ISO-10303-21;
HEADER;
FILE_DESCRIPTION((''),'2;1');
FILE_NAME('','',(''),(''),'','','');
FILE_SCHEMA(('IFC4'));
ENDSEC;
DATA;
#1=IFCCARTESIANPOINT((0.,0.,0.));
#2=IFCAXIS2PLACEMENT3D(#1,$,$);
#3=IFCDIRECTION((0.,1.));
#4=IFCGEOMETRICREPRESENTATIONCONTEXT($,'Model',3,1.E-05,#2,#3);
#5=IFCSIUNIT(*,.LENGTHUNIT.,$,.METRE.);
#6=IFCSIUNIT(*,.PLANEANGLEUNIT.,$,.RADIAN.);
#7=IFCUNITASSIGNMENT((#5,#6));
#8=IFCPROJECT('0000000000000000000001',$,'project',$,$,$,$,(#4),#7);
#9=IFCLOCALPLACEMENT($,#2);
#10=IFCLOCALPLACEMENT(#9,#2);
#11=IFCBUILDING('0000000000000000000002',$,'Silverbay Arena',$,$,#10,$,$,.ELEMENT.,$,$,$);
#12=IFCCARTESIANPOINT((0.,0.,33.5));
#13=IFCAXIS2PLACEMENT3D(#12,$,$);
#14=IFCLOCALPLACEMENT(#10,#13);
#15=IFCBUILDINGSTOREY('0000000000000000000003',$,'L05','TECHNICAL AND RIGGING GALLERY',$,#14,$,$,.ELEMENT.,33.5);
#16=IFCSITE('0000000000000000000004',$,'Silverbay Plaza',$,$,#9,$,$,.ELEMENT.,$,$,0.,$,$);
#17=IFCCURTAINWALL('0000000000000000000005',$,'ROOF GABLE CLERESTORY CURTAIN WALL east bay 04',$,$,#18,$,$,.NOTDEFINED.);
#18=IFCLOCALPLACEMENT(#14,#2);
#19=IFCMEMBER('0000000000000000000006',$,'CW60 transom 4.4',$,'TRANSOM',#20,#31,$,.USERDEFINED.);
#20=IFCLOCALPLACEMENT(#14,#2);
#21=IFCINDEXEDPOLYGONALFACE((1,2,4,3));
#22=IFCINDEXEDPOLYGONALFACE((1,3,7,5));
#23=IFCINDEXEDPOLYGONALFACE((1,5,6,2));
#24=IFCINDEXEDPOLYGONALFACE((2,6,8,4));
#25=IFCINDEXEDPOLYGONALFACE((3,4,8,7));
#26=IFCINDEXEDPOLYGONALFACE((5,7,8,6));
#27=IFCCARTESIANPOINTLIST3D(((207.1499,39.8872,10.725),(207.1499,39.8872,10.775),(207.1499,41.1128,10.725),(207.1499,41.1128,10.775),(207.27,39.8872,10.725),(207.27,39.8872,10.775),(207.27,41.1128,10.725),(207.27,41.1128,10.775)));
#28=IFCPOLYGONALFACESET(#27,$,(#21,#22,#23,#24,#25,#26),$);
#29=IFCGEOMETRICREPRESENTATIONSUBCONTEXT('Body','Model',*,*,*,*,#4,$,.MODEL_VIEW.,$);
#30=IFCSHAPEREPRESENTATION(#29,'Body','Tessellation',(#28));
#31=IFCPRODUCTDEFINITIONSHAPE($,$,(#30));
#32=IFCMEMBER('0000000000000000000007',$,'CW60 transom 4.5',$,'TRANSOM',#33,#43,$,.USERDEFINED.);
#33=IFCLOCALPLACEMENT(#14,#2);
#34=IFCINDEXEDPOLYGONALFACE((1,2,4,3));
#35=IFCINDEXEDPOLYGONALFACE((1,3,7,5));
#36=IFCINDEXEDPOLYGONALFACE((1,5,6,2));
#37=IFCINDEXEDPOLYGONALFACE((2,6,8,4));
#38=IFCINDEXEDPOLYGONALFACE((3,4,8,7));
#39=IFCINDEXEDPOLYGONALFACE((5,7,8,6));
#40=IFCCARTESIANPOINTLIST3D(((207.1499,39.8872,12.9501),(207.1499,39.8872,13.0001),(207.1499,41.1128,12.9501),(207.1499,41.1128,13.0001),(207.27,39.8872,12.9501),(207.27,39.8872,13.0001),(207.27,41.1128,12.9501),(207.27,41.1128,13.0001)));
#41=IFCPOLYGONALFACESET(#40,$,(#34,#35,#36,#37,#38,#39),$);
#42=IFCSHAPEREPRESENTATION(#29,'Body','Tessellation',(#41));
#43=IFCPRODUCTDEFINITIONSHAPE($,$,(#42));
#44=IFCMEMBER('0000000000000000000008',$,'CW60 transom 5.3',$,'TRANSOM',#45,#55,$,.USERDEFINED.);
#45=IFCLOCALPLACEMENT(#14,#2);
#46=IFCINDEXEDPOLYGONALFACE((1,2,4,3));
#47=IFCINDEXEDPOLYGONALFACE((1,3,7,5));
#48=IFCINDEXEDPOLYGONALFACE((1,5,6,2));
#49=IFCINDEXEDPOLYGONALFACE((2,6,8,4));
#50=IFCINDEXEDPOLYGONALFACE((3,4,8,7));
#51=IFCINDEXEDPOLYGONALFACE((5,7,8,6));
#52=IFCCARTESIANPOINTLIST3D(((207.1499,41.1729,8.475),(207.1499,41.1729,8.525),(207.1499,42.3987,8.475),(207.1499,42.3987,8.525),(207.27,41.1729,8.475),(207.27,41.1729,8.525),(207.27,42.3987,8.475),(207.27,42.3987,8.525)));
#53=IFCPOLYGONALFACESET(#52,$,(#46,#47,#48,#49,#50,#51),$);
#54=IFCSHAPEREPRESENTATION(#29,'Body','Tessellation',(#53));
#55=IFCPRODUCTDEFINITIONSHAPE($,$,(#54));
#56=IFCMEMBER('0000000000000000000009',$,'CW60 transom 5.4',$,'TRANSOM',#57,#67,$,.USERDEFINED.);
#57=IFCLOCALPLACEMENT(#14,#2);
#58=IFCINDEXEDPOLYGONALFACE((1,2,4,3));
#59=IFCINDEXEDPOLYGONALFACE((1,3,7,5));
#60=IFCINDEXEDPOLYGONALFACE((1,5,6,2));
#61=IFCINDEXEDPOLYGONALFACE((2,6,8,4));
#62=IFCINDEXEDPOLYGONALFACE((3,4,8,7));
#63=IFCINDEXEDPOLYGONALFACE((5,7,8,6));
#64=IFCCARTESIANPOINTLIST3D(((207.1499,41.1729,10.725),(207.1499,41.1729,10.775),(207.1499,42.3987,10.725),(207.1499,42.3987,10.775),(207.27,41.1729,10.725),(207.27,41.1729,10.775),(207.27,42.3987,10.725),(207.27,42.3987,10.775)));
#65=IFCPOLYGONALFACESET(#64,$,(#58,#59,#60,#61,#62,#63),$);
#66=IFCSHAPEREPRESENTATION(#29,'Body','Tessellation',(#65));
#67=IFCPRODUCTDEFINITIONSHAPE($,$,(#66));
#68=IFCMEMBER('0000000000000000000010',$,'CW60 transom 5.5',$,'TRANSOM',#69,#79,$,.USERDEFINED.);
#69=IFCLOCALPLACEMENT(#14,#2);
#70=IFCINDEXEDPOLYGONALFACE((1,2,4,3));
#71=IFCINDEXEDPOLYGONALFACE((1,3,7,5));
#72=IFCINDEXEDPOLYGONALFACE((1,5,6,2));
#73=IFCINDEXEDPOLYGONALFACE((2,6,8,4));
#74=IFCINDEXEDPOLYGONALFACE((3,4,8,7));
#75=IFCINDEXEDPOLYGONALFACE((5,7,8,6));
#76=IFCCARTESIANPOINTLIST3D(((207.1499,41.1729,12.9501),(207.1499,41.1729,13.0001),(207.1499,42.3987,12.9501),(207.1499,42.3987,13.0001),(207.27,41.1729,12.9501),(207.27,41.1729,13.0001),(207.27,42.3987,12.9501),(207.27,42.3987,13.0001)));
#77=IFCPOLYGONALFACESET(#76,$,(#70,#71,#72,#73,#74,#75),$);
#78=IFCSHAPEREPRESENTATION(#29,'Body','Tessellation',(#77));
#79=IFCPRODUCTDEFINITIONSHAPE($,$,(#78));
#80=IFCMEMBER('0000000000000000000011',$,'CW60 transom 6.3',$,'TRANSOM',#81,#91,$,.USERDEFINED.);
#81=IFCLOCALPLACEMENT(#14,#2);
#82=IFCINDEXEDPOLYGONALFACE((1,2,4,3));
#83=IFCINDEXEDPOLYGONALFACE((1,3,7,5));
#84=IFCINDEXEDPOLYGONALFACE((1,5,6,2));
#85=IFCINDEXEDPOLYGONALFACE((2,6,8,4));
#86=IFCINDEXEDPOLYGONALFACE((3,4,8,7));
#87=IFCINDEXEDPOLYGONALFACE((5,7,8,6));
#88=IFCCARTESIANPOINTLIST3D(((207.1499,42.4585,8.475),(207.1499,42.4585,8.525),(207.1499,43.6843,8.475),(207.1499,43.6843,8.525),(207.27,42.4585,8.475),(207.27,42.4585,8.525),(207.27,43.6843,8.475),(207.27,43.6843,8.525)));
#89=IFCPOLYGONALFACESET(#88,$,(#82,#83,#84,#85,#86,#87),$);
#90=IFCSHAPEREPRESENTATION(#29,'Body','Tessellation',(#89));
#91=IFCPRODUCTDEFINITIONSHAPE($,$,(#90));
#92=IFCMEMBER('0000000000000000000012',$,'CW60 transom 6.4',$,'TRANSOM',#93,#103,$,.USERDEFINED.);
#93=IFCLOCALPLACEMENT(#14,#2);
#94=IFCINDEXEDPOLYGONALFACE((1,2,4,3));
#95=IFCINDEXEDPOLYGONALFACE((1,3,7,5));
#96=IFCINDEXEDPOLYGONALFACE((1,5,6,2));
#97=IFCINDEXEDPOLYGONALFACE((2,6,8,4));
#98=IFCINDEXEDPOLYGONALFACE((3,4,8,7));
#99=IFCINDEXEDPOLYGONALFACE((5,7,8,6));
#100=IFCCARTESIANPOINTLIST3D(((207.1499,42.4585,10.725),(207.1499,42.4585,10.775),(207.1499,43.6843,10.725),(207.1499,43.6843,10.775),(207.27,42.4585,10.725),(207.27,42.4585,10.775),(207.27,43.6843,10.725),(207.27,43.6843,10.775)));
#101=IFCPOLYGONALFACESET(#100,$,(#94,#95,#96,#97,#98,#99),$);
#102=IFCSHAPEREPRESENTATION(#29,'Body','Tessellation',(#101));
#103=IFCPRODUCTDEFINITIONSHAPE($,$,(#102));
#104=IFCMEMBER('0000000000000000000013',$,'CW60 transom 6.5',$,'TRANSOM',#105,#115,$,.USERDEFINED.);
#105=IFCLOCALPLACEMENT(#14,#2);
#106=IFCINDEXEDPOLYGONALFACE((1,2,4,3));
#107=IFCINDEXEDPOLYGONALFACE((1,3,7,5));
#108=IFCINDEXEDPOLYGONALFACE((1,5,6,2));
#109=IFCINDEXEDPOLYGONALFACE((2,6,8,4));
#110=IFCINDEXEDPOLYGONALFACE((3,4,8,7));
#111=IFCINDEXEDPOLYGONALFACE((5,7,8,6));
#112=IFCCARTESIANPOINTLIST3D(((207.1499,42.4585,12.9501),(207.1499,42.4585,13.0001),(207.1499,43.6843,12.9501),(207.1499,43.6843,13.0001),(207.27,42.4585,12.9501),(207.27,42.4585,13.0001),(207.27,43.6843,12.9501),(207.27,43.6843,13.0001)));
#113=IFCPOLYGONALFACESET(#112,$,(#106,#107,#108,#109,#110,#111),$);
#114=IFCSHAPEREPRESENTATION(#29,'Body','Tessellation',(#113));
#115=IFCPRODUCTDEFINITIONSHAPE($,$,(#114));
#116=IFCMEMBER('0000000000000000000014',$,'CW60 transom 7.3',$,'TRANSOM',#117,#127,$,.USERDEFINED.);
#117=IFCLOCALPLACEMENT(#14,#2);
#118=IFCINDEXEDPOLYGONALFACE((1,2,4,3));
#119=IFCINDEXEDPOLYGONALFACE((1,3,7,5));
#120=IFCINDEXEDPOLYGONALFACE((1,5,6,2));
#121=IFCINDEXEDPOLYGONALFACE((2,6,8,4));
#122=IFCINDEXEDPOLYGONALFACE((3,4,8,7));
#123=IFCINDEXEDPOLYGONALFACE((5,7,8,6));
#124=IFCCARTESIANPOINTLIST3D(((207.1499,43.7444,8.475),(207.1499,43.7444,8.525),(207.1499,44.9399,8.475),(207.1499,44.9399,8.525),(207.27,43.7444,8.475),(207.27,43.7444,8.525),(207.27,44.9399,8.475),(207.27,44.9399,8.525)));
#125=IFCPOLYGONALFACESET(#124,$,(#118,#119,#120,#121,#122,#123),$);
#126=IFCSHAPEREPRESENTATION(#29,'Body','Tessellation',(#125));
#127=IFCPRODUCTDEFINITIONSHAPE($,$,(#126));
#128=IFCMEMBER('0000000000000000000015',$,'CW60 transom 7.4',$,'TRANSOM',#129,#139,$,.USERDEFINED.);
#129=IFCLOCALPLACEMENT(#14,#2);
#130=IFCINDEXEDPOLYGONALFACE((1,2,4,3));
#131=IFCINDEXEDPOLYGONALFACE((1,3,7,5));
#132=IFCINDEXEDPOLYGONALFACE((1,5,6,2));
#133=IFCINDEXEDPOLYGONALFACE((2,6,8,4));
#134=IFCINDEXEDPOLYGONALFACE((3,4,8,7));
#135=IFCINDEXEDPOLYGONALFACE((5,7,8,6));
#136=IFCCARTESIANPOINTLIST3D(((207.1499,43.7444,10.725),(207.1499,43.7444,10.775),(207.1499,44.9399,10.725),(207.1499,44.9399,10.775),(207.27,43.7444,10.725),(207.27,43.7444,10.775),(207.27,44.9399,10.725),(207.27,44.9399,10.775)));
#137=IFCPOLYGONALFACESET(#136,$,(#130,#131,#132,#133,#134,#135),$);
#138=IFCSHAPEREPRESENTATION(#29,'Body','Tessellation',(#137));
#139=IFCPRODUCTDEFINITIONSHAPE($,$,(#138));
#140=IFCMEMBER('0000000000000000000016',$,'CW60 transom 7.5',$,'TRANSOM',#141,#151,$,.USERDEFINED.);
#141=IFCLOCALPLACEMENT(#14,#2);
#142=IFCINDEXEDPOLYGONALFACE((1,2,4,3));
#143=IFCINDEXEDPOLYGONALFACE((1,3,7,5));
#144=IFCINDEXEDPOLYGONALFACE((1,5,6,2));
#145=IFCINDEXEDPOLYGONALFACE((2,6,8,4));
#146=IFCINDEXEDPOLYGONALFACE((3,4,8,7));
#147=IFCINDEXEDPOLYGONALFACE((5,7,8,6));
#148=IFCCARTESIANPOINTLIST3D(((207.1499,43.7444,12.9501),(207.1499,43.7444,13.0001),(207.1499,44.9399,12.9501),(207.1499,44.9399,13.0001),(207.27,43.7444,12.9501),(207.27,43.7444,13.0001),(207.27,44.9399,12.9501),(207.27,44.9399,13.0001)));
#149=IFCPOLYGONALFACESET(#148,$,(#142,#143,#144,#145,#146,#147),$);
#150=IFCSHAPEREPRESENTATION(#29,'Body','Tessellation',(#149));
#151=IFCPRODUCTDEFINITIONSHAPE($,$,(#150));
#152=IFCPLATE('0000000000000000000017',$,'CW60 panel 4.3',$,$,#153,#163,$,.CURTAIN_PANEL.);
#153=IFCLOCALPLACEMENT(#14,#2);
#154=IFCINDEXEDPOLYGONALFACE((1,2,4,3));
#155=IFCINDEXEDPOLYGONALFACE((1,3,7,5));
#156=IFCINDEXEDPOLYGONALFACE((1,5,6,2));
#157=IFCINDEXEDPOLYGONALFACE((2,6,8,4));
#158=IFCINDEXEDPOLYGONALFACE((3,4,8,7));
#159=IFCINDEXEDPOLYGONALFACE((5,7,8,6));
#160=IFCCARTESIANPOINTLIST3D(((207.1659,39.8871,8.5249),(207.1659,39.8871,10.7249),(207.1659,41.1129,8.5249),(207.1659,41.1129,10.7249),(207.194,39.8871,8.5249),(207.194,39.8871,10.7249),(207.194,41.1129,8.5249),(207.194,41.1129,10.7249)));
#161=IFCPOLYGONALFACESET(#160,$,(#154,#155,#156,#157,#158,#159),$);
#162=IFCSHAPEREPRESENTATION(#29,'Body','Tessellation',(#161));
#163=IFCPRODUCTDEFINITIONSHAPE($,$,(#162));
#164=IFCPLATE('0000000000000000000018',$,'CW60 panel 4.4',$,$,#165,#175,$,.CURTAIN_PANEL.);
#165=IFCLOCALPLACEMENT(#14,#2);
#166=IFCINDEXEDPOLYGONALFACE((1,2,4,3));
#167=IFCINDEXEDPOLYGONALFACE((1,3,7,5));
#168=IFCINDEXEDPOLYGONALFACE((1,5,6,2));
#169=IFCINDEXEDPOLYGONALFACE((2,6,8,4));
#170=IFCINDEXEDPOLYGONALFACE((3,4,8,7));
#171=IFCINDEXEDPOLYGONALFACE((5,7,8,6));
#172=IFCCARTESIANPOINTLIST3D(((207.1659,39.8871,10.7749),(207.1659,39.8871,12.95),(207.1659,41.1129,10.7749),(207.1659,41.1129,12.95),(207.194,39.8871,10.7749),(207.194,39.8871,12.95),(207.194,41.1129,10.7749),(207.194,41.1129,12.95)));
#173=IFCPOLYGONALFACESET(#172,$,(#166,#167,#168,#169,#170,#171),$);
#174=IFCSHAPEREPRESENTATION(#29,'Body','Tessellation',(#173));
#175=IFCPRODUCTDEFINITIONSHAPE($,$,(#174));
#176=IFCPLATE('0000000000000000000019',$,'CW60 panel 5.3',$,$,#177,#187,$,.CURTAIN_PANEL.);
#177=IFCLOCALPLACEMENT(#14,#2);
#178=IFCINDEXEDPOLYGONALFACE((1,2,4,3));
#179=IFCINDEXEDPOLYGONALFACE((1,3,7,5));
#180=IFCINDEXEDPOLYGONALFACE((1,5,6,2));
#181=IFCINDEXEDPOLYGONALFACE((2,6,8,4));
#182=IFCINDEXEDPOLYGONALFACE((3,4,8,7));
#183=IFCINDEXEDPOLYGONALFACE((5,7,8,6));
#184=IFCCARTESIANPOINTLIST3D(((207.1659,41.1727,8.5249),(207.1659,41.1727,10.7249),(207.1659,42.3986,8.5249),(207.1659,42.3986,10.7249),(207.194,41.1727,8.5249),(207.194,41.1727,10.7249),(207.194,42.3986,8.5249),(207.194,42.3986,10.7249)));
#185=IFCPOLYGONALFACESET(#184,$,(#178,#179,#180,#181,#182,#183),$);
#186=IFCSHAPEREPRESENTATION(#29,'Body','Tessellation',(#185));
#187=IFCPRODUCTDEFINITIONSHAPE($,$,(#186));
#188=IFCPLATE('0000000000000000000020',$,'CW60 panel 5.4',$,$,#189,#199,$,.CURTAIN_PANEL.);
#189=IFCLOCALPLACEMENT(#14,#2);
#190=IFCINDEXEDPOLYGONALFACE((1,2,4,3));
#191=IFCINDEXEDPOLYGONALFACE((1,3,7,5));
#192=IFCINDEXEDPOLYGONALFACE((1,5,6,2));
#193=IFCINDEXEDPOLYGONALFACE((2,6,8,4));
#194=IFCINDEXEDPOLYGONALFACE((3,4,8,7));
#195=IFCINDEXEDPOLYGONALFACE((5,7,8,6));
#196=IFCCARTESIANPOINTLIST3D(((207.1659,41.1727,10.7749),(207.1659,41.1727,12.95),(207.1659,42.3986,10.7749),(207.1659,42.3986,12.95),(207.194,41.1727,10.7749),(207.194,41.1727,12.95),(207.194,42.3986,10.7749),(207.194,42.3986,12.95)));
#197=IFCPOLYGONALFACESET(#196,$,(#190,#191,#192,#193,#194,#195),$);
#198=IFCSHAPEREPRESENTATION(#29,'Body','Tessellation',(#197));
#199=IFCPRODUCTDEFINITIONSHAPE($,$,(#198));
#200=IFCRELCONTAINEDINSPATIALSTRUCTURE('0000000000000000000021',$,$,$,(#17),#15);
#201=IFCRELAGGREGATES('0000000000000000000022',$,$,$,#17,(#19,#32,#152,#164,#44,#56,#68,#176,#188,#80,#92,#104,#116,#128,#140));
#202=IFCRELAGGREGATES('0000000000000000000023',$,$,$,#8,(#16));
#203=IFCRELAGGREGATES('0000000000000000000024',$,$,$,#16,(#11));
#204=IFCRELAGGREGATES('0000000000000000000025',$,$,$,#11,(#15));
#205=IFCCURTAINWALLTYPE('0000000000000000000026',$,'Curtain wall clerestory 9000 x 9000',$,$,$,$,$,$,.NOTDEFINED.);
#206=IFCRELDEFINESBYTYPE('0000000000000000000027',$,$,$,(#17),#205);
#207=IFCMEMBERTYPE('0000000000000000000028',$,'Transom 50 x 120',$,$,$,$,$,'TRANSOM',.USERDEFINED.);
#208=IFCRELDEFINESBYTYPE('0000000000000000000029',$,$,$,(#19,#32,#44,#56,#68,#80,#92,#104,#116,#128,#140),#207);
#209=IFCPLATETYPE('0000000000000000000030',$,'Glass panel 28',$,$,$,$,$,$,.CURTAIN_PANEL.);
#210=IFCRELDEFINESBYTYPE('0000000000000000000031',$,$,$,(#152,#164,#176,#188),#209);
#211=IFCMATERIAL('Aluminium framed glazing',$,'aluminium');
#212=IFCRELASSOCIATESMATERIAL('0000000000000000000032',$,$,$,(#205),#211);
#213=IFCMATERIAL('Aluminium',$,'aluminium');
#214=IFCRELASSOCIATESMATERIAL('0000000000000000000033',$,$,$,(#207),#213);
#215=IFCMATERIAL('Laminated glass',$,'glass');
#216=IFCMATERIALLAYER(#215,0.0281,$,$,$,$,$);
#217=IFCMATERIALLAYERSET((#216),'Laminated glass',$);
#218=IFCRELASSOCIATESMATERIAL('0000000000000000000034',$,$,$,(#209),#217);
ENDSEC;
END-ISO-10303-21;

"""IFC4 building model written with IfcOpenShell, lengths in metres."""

from ifc_helpers import new_model, si_unit, direction, frame, origin, origin_2d, place, context, subcontext, project, spatial, rectangle, extrude, material, layer, layer_set, material_profile, profile_set, type_object, element, aggregate, save


model = new_model("IFC4")

# Units and contexts
model_context = context("Model", 3, precision=1e-05, world=origin(), true_north=direction((0.0, 1.0)))
body_context = subcontext(model_context, "Body", "Model", "MODEL_VIEW")
ifc_project = project(units=[si_unit("LENGTHUNIT", "METRE"), si_unit("PLANEANGLEUNIT", "RADIAN")], contexts=[model_context])

# Site, building, storey
site_placement = place(None, origin())
site = spatial("IfcSite", under=ifc_project, at=site_placement, Name="Silverbay Plaza", CompositionType="ELEMENT", RefElevation=0.0)
building_placement = place(site_placement, origin())
building = spatial("IfcBuilding", under=site, at=building_placement, Name="Silverbay Arena", CompositionType="ELEMENT")
storey_placement = place(building_placement, frame((0.0, 0.0, 33.5)))
storey = spatial("IfcBuildingStorey", under=building, at=storey_placement, Name="L05", Description="TECHNICAL AND RIGGING GALLERY", CompositionType="ELEMENT", Elevation=33.5)

# Curtain wall, members, plates
ifc_material_1 = material(Name="Aluminium framed glazing", Category="aluminium")
curtain_wall_type = type_object("IfcCurtainWallType", Name="Curtain wall clerestory 9000 x 9000", PredefinedType="NOTDEFINED", material=ifc_material_1)
curtain_wall_placement = place(storey_placement, origin())
curtain_wall = element("IfcCurtainWall", 1, at=curtain_wall_placement, inside=storey, type_object=curtain_wall_type, Name="ROOF GABLE CLERESTORY CURTAIN WALL east bay 04", PredefinedType="NOTDEFINED")
ifc_material_2 = material(Name="Aluminium", Category="aluminium")
ifc_material_profile_1 = material_profile(ifc_material_2, rectangle(XDim=0.1201, YDim=0.05, at=origin_2d()), Name="Transom 50 x 120")
ifc_profile_set_1 = profile_set([ifc_material_profile_1], Name="Aluminium")
member_type_1 = type_object("IfcMemberType", Name="Transom 50 x 120", ElementType="TRANSOM", PredefinedType="USERDEFINED", material=ifc_profile_set_1)
member_1_placement = place(storey_placement, frame((207.21, 39.8872, 10.75), z_axis=(0.0, 1.0, 0.0), x_axis=(-1.0, 0.0, 0.0)))
member_1 = element("IfcMember", 2, at=member_1_placement, type_object=member_type_1, Name="CW60 transom 4.4", ObjectType="TRANSOM", PredefinedType="USERDEFINED", context=body_context, shape_type="SweptSolid", body=[
    extrude(rectangle(XDim=0.1201, YDim=0.05, at=origin_2d()), origin(), (0.0, 0.0, 1.0), 1.2256),
])
member_2_placement = place(storey_placement, frame((207.21, 39.8872, 12.9751), z_axis=(0.0, 1.0, 0.0), x_axis=(-1.0, 0.0, 0.0)))
member_2 = element("IfcMember", 3, at=member_2_placement, type_object=member_type_1, Name="CW60 transom 4.5", ObjectType="TRANSOM", PredefinedType="USERDEFINED", context=body_context, shape_type="SweptSolid", body=[
    extrude(rectangle(XDim=0.1201, YDim=0.05, at=origin_2d()), origin(), (0.0, 0.0, 1.0), 1.2256),
])
member_3_placement = place(storey_placement, frame((207.21, 41.1729, 8.5), z_axis=(0.0, 1.0, 0.0), x_axis=(-1.0, 0.0, 0.0)))
member_3 = element("IfcMember", 4, at=member_3_placement, type_object=member_type_1, Name="CW60 transom 5.3", ObjectType="TRANSOM", PredefinedType="USERDEFINED", context=body_context, shape_type="SweptSolid", body=[
    extrude(rectangle(XDim=0.1201, YDim=0.05, at=origin_2d()), origin(), (0.0, 0.0, 1.0), 1.2258),
])
member_4_placement = place(storey_placement, frame((207.21, 41.1729, 10.75), z_axis=(0.0, 1.0, 0.0), x_axis=(-1.0, 0.0, 0.0)))
member_4 = element("IfcMember", 5, at=member_4_placement, type_object=member_type_1, Name="CW60 transom 5.4", ObjectType="TRANSOM", PredefinedType="USERDEFINED", context=body_context, shape_type="SweptSolid", body=[
    extrude(rectangle(XDim=0.1201, YDim=0.05, at=origin_2d()), origin(), (0.0, 0.0, 1.0), 1.2258),
])
member_5_placement = place(storey_placement, frame((207.21, 41.1729, 12.9751), z_axis=(0.0, 1.0, 0.0), x_axis=(-1.0, 0.0, 0.0)))
member_5 = element("IfcMember", 6, at=member_5_placement, type_object=member_type_1, Name="CW60 transom 5.5", ObjectType="TRANSOM", PredefinedType="USERDEFINED", context=body_context, shape_type="SweptSolid", body=[
    extrude(rectangle(XDim=0.1201, YDim=0.05, at=origin_2d()), origin(), (0.0, 0.0, 1.0), 1.2258),
])
member_6_placement = place(storey_placement, frame((207.21, 42.4585, 8.5), z_axis=(0.0, 1.0, 0.0), x_axis=(-1.0, 0.0, 0.0)))
member_6 = element("IfcMember", 7, at=member_6_placement, type_object=member_type_1, Name="CW60 transom 6.3", ObjectType="TRANSOM", PredefinedType="USERDEFINED", context=body_context, shape_type="SweptSolid", body=[
    extrude(rectangle(XDim=0.1201, YDim=0.05, at=origin_2d()), origin(), (0.0, 0.0, 1.0), 1.2258),
])
member_7_placement = place(storey_placement, frame((207.21, 42.4585, 10.75), z_axis=(0.0, 1.0, 0.0), x_axis=(-1.0, 0.0, 0.0)))
member_7 = element("IfcMember", 8, at=member_7_placement, type_object=member_type_1, Name="CW60 transom 6.4", ObjectType="TRANSOM", PredefinedType="USERDEFINED", context=body_context, shape_type="SweptSolid", body=[
    extrude(rectangle(XDim=0.1201, YDim=0.05, at=origin_2d()), origin(), (0.0, 0.0, 1.0), 1.2258),
])
member_8_placement = place(storey_placement, frame((207.21, 42.4585, 12.9751), z_axis=(0.0, 1.0, 0.0), x_axis=(-1.0, 0.0, 0.0)))
member_8 = element("IfcMember", 9, at=member_8_placement, type_object=member_type_1, Name="CW60 transom 6.5", ObjectType="TRANSOM", PredefinedType="USERDEFINED", context=body_context, shape_type="SweptSolid", body=[
    extrude(rectangle(XDim=0.1201, YDim=0.05, at=origin_2d()), origin(), (0.0, 0.0, 1.0), 1.2258),
])
member_9_placement = place(storey_placement, frame((207.21, 43.7444, 8.5), z_axis=(0.0, 1.0, 0.0), x_axis=(-1.0, 0.0, 0.0)))
member_9 = element("IfcMember", 10, at=member_9_placement, type_object=member_type_1, Name="CW60 transom 7.3", ObjectType="TRANSOM", PredefinedType="USERDEFINED", context=body_context, shape_type="SweptSolid", body=[
    extrude(rectangle(XDim=0.1201, YDim=0.05, at=origin_2d()), origin(), (0.0, 0.0, 1.0), 1.1956),
])
member_10_placement = place(storey_placement, frame((207.21, 43.7444, 10.75), z_axis=(0.0, 1.0, 0.0), x_axis=(-1.0, 0.0, 0.0)))
member_10 = element("IfcMember", 11, at=member_10_placement, type_object=member_type_1, Name="CW60 transom 7.4", ObjectType="TRANSOM", PredefinedType="USERDEFINED", context=body_context, shape_type="SweptSolid", body=[
    extrude(rectangle(XDim=0.1201, YDim=0.05, at=origin_2d()), origin(), (0.0, 0.0, 1.0), 1.1956),
])
member_11_placement = place(storey_placement, frame((207.21, 43.7444, 12.9751), z_axis=(0.0, 1.0, 0.0), x_axis=(-1.0, 0.0, 0.0)))
member_11 = element("IfcMember", 12, at=member_11_placement, type_object=member_type_1, Name="CW60 transom 7.5", ObjectType="TRANSOM", PredefinedType="USERDEFINED", context=body_context, shape_type="SweptSolid", body=[
    extrude(rectangle(XDim=0.1201, YDim=0.05, at=origin_2d()), origin(), (0.0, 0.0, 1.0), 1.1956),
])
ifc_material_3 = material(Name="Laminated glass", Category="glass")
ifc_layer = layer(ifc_material_3, 0.0281)
ifc_layer_set = layer_set([ifc_layer], Name="Laminated glass")
plate_type = type_object("IfcPlateType", Name="Glass panel 28", PredefinedType="CURTAIN_PANEL", material=ifc_layer_set)
plate_1_placement = place(storey_placement, frame((207.1799, 40.5, 8.5249), z_axis=(0.0, 0.0, 1.0), x_axis=(0.0, 1.0, 0.0)))
plate_1 = element("IfcPlate", 13, at=plate_1_placement, type_object=plate_type, Name="CW60 panel 4.3", PredefinedType="CURTAIN_PANEL", context=body_context, shape_type="SweptSolid", body=[
    extrude(rectangle(XDim=1.2258, YDim=0.0281, at=origin_2d()), origin(), (0.0, 0.0, 1.0), 2.2),
])
plate_2_placement = place(storey_placement, frame((207.1799, 40.5, 10.7749), z_axis=(0.0, 0.0, 1.0), x_axis=(0.0, 1.0, 0.0)))
plate_2 = element("IfcPlate", 14, at=plate_2_placement, type_object=plate_type, Name="CW60 panel 4.4", PredefinedType="CURTAIN_PANEL", context=body_context, shape_type="SweptSolid", body=[
    extrude(rectangle(XDim=1.2258, YDim=0.0281, at=origin_2d()), origin(), (0.0, 0.0, 1.0), 2.175),
])
plate_3_placement = place(storey_placement, frame((207.1799, 41.7856, 8.5249), z_axis=(0.0, 0.0, 1.0), x_axis=(0.0, 1.0, 0.0)))
plate_3 = element("IfcPlate", 15, at=plate_3_placement, type_object=plate_type, Name="CW60 panel 5.3", PredefinedType="CURTAIN_PANEL", context=body_context, shape_type="SweptSolid", body=[
    extrude(rectangle(XDim=1.2258, YDim=0.0281, at=origin_2d()), origin(), (0.0, 0.0, 1.0), 2.2),
])
plate_4_placement = place(storey_placement, frame((207.1799, 41.7856, 10.7749), z_axis=(0.0, 0.0, 1.0), x_axis=(0.0, 1.0, 0.0)))
plate_4 = element("IfcPlate", 16, at=plate_4_placement, type_object=plate_type, Name="CW60 panel 5.4", PredefinedType="CURTAIN_PANEL", context=body_context, shape_type="SweptSolid", body=[
    extrude(rectangle(XDim=1.2258, YDim=0.0281, at=origin_2d()), origin(), (0.0, 0.0, 1.0), 2.175),
])
aggregate(curtain_wall, [member_1, member_2, plate_1, plate_2, member_3, member_4, member_5, plate_3, plate_4, member_6, member_7, member_8, member_9, member_10, member_11])

save(model, "model.ifc")
